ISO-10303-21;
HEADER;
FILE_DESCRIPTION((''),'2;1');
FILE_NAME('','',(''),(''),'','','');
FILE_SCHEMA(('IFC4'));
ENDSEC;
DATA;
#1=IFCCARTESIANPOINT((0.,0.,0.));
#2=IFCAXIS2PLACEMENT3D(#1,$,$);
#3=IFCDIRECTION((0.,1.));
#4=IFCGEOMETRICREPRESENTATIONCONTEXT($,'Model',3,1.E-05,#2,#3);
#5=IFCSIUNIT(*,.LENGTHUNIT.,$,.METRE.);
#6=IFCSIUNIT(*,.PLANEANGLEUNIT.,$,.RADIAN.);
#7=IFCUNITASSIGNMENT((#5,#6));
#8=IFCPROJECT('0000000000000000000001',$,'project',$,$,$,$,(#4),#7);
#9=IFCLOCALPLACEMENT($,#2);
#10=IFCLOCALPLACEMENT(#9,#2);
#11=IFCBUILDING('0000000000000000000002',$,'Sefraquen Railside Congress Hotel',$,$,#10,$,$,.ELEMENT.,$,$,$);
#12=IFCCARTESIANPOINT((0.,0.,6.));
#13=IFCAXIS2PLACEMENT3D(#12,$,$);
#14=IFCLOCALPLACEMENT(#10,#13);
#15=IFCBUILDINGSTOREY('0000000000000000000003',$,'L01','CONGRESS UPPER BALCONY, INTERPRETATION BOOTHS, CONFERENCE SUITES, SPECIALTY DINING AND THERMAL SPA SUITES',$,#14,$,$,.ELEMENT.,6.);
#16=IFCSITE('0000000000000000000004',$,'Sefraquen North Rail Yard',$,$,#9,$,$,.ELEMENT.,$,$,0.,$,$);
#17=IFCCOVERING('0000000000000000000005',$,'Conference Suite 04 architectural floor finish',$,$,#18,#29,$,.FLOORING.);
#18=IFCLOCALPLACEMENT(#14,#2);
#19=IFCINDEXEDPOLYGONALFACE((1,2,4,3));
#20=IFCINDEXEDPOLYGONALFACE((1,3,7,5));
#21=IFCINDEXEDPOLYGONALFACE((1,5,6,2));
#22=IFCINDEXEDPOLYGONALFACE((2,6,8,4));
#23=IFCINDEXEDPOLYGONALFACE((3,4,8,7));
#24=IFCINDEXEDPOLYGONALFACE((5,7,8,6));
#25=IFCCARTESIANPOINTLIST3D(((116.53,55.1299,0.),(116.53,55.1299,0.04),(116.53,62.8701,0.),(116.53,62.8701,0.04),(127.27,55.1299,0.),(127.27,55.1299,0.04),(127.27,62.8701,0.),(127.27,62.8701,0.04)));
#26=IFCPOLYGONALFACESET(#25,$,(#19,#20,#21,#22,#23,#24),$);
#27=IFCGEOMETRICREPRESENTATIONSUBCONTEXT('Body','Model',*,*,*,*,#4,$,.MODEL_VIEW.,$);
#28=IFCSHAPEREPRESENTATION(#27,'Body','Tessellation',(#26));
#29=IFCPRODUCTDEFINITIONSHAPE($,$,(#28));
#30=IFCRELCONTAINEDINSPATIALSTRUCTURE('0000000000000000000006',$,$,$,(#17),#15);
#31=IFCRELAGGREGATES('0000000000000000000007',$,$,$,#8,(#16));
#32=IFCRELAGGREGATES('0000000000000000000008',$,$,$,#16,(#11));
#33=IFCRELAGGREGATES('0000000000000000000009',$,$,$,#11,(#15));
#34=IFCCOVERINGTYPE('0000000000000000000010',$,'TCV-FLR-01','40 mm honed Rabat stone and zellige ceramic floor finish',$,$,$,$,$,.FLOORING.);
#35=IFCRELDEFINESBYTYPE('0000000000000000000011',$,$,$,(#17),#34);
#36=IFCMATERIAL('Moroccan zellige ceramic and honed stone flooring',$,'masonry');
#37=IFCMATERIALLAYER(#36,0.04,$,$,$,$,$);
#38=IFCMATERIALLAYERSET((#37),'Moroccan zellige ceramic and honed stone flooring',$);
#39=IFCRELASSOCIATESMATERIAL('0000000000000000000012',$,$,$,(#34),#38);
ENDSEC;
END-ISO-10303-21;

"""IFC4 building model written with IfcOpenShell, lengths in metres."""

from ifc_helpers import new_model, si_unit, direction, frame, origin, place, context, subcontext, project, spatial, polyline, outline, extrude, material, layer, layer_set, type_object, element, save


model = new_model("IFC4")

# Units and contexts
model_context = context("Model", 3, precision=1e-05, world=origin(), true_north=direction((0.0, 1.0)))
body_context = subcontext(model_context, "Body", "Model", "MODEL_VIEW")
ifc_project = project(units=[si_unit("LENGTHUNIT", "METRE"), si_unit("PLANEANGLEUNIT", "RADIAN")], contexts=[model_context])

# Site, building, storey
site_placement = place(None, origin())
site = spatial("IfcSite", under=ifc_project, at=site_placement, Name="Sefraquen North Rail Yard", CompositionType="ELEMENT", RefElevation=0.0)
building_placement = place(site_placement, origin())
building = spatial("IfcBuilding", under=site, at=building_placement, Name="Sefraquen Railside Congress Hotel", CompositionType="ELEMENT")
storey_placement = place(building_placement, frame((0.0, 0.0, 6.0)))
storey = spatial("IfcBuildingStorey", under=building, at=storey_placement, Name="L01", Description="CONGRESS UPPER BALCONY, INTERPRETATION BOOTHS, CONFERENCE SUITES, SPECIALTY DINING AND THERMAL SPA SUITES", CompositionType="ELEMENT", Elevation=6.0)

# Covering
ifc_material_1 = material(Name="Moroccan zellige ceramic and honed stone flooring", Category="masonry")
ifc_layer_1 = layer(ifc_material_1, 0.04)
ifc_layer_set_1 = layer_set([ifc_layer_1], Name="Moroccan zellige ceramic and honed stone flooring")
covering_type_1 = type_object("IfcCoveringType", Name="TCV-FLR-01", Description="40 mm honed Rabat stone and zellige ceramic floor finish", PredefinedType="FLOORING", material=ifc_layer_set_1)
covering_1_placement = place(storey_placement, origin())
element("IfcCovering", 1, at=covering_1_placement, inside=storey, type_object=covering_type_1, Name="Conference Suite 04 architectural floor finish", PredefinedType="FLOORING", context=body_context, shape_type="SweptSolid", body=[
    extrude(outline(polyline([(116.53, 55.1299), (127.27, 55.1299), (127.27, 62.8701), (116.53, 62.8701), (116.53, 55.1299)])), origin(), (0.0, 0.0, 1.0), 0.04),
])

save(model, "model.ifc")
